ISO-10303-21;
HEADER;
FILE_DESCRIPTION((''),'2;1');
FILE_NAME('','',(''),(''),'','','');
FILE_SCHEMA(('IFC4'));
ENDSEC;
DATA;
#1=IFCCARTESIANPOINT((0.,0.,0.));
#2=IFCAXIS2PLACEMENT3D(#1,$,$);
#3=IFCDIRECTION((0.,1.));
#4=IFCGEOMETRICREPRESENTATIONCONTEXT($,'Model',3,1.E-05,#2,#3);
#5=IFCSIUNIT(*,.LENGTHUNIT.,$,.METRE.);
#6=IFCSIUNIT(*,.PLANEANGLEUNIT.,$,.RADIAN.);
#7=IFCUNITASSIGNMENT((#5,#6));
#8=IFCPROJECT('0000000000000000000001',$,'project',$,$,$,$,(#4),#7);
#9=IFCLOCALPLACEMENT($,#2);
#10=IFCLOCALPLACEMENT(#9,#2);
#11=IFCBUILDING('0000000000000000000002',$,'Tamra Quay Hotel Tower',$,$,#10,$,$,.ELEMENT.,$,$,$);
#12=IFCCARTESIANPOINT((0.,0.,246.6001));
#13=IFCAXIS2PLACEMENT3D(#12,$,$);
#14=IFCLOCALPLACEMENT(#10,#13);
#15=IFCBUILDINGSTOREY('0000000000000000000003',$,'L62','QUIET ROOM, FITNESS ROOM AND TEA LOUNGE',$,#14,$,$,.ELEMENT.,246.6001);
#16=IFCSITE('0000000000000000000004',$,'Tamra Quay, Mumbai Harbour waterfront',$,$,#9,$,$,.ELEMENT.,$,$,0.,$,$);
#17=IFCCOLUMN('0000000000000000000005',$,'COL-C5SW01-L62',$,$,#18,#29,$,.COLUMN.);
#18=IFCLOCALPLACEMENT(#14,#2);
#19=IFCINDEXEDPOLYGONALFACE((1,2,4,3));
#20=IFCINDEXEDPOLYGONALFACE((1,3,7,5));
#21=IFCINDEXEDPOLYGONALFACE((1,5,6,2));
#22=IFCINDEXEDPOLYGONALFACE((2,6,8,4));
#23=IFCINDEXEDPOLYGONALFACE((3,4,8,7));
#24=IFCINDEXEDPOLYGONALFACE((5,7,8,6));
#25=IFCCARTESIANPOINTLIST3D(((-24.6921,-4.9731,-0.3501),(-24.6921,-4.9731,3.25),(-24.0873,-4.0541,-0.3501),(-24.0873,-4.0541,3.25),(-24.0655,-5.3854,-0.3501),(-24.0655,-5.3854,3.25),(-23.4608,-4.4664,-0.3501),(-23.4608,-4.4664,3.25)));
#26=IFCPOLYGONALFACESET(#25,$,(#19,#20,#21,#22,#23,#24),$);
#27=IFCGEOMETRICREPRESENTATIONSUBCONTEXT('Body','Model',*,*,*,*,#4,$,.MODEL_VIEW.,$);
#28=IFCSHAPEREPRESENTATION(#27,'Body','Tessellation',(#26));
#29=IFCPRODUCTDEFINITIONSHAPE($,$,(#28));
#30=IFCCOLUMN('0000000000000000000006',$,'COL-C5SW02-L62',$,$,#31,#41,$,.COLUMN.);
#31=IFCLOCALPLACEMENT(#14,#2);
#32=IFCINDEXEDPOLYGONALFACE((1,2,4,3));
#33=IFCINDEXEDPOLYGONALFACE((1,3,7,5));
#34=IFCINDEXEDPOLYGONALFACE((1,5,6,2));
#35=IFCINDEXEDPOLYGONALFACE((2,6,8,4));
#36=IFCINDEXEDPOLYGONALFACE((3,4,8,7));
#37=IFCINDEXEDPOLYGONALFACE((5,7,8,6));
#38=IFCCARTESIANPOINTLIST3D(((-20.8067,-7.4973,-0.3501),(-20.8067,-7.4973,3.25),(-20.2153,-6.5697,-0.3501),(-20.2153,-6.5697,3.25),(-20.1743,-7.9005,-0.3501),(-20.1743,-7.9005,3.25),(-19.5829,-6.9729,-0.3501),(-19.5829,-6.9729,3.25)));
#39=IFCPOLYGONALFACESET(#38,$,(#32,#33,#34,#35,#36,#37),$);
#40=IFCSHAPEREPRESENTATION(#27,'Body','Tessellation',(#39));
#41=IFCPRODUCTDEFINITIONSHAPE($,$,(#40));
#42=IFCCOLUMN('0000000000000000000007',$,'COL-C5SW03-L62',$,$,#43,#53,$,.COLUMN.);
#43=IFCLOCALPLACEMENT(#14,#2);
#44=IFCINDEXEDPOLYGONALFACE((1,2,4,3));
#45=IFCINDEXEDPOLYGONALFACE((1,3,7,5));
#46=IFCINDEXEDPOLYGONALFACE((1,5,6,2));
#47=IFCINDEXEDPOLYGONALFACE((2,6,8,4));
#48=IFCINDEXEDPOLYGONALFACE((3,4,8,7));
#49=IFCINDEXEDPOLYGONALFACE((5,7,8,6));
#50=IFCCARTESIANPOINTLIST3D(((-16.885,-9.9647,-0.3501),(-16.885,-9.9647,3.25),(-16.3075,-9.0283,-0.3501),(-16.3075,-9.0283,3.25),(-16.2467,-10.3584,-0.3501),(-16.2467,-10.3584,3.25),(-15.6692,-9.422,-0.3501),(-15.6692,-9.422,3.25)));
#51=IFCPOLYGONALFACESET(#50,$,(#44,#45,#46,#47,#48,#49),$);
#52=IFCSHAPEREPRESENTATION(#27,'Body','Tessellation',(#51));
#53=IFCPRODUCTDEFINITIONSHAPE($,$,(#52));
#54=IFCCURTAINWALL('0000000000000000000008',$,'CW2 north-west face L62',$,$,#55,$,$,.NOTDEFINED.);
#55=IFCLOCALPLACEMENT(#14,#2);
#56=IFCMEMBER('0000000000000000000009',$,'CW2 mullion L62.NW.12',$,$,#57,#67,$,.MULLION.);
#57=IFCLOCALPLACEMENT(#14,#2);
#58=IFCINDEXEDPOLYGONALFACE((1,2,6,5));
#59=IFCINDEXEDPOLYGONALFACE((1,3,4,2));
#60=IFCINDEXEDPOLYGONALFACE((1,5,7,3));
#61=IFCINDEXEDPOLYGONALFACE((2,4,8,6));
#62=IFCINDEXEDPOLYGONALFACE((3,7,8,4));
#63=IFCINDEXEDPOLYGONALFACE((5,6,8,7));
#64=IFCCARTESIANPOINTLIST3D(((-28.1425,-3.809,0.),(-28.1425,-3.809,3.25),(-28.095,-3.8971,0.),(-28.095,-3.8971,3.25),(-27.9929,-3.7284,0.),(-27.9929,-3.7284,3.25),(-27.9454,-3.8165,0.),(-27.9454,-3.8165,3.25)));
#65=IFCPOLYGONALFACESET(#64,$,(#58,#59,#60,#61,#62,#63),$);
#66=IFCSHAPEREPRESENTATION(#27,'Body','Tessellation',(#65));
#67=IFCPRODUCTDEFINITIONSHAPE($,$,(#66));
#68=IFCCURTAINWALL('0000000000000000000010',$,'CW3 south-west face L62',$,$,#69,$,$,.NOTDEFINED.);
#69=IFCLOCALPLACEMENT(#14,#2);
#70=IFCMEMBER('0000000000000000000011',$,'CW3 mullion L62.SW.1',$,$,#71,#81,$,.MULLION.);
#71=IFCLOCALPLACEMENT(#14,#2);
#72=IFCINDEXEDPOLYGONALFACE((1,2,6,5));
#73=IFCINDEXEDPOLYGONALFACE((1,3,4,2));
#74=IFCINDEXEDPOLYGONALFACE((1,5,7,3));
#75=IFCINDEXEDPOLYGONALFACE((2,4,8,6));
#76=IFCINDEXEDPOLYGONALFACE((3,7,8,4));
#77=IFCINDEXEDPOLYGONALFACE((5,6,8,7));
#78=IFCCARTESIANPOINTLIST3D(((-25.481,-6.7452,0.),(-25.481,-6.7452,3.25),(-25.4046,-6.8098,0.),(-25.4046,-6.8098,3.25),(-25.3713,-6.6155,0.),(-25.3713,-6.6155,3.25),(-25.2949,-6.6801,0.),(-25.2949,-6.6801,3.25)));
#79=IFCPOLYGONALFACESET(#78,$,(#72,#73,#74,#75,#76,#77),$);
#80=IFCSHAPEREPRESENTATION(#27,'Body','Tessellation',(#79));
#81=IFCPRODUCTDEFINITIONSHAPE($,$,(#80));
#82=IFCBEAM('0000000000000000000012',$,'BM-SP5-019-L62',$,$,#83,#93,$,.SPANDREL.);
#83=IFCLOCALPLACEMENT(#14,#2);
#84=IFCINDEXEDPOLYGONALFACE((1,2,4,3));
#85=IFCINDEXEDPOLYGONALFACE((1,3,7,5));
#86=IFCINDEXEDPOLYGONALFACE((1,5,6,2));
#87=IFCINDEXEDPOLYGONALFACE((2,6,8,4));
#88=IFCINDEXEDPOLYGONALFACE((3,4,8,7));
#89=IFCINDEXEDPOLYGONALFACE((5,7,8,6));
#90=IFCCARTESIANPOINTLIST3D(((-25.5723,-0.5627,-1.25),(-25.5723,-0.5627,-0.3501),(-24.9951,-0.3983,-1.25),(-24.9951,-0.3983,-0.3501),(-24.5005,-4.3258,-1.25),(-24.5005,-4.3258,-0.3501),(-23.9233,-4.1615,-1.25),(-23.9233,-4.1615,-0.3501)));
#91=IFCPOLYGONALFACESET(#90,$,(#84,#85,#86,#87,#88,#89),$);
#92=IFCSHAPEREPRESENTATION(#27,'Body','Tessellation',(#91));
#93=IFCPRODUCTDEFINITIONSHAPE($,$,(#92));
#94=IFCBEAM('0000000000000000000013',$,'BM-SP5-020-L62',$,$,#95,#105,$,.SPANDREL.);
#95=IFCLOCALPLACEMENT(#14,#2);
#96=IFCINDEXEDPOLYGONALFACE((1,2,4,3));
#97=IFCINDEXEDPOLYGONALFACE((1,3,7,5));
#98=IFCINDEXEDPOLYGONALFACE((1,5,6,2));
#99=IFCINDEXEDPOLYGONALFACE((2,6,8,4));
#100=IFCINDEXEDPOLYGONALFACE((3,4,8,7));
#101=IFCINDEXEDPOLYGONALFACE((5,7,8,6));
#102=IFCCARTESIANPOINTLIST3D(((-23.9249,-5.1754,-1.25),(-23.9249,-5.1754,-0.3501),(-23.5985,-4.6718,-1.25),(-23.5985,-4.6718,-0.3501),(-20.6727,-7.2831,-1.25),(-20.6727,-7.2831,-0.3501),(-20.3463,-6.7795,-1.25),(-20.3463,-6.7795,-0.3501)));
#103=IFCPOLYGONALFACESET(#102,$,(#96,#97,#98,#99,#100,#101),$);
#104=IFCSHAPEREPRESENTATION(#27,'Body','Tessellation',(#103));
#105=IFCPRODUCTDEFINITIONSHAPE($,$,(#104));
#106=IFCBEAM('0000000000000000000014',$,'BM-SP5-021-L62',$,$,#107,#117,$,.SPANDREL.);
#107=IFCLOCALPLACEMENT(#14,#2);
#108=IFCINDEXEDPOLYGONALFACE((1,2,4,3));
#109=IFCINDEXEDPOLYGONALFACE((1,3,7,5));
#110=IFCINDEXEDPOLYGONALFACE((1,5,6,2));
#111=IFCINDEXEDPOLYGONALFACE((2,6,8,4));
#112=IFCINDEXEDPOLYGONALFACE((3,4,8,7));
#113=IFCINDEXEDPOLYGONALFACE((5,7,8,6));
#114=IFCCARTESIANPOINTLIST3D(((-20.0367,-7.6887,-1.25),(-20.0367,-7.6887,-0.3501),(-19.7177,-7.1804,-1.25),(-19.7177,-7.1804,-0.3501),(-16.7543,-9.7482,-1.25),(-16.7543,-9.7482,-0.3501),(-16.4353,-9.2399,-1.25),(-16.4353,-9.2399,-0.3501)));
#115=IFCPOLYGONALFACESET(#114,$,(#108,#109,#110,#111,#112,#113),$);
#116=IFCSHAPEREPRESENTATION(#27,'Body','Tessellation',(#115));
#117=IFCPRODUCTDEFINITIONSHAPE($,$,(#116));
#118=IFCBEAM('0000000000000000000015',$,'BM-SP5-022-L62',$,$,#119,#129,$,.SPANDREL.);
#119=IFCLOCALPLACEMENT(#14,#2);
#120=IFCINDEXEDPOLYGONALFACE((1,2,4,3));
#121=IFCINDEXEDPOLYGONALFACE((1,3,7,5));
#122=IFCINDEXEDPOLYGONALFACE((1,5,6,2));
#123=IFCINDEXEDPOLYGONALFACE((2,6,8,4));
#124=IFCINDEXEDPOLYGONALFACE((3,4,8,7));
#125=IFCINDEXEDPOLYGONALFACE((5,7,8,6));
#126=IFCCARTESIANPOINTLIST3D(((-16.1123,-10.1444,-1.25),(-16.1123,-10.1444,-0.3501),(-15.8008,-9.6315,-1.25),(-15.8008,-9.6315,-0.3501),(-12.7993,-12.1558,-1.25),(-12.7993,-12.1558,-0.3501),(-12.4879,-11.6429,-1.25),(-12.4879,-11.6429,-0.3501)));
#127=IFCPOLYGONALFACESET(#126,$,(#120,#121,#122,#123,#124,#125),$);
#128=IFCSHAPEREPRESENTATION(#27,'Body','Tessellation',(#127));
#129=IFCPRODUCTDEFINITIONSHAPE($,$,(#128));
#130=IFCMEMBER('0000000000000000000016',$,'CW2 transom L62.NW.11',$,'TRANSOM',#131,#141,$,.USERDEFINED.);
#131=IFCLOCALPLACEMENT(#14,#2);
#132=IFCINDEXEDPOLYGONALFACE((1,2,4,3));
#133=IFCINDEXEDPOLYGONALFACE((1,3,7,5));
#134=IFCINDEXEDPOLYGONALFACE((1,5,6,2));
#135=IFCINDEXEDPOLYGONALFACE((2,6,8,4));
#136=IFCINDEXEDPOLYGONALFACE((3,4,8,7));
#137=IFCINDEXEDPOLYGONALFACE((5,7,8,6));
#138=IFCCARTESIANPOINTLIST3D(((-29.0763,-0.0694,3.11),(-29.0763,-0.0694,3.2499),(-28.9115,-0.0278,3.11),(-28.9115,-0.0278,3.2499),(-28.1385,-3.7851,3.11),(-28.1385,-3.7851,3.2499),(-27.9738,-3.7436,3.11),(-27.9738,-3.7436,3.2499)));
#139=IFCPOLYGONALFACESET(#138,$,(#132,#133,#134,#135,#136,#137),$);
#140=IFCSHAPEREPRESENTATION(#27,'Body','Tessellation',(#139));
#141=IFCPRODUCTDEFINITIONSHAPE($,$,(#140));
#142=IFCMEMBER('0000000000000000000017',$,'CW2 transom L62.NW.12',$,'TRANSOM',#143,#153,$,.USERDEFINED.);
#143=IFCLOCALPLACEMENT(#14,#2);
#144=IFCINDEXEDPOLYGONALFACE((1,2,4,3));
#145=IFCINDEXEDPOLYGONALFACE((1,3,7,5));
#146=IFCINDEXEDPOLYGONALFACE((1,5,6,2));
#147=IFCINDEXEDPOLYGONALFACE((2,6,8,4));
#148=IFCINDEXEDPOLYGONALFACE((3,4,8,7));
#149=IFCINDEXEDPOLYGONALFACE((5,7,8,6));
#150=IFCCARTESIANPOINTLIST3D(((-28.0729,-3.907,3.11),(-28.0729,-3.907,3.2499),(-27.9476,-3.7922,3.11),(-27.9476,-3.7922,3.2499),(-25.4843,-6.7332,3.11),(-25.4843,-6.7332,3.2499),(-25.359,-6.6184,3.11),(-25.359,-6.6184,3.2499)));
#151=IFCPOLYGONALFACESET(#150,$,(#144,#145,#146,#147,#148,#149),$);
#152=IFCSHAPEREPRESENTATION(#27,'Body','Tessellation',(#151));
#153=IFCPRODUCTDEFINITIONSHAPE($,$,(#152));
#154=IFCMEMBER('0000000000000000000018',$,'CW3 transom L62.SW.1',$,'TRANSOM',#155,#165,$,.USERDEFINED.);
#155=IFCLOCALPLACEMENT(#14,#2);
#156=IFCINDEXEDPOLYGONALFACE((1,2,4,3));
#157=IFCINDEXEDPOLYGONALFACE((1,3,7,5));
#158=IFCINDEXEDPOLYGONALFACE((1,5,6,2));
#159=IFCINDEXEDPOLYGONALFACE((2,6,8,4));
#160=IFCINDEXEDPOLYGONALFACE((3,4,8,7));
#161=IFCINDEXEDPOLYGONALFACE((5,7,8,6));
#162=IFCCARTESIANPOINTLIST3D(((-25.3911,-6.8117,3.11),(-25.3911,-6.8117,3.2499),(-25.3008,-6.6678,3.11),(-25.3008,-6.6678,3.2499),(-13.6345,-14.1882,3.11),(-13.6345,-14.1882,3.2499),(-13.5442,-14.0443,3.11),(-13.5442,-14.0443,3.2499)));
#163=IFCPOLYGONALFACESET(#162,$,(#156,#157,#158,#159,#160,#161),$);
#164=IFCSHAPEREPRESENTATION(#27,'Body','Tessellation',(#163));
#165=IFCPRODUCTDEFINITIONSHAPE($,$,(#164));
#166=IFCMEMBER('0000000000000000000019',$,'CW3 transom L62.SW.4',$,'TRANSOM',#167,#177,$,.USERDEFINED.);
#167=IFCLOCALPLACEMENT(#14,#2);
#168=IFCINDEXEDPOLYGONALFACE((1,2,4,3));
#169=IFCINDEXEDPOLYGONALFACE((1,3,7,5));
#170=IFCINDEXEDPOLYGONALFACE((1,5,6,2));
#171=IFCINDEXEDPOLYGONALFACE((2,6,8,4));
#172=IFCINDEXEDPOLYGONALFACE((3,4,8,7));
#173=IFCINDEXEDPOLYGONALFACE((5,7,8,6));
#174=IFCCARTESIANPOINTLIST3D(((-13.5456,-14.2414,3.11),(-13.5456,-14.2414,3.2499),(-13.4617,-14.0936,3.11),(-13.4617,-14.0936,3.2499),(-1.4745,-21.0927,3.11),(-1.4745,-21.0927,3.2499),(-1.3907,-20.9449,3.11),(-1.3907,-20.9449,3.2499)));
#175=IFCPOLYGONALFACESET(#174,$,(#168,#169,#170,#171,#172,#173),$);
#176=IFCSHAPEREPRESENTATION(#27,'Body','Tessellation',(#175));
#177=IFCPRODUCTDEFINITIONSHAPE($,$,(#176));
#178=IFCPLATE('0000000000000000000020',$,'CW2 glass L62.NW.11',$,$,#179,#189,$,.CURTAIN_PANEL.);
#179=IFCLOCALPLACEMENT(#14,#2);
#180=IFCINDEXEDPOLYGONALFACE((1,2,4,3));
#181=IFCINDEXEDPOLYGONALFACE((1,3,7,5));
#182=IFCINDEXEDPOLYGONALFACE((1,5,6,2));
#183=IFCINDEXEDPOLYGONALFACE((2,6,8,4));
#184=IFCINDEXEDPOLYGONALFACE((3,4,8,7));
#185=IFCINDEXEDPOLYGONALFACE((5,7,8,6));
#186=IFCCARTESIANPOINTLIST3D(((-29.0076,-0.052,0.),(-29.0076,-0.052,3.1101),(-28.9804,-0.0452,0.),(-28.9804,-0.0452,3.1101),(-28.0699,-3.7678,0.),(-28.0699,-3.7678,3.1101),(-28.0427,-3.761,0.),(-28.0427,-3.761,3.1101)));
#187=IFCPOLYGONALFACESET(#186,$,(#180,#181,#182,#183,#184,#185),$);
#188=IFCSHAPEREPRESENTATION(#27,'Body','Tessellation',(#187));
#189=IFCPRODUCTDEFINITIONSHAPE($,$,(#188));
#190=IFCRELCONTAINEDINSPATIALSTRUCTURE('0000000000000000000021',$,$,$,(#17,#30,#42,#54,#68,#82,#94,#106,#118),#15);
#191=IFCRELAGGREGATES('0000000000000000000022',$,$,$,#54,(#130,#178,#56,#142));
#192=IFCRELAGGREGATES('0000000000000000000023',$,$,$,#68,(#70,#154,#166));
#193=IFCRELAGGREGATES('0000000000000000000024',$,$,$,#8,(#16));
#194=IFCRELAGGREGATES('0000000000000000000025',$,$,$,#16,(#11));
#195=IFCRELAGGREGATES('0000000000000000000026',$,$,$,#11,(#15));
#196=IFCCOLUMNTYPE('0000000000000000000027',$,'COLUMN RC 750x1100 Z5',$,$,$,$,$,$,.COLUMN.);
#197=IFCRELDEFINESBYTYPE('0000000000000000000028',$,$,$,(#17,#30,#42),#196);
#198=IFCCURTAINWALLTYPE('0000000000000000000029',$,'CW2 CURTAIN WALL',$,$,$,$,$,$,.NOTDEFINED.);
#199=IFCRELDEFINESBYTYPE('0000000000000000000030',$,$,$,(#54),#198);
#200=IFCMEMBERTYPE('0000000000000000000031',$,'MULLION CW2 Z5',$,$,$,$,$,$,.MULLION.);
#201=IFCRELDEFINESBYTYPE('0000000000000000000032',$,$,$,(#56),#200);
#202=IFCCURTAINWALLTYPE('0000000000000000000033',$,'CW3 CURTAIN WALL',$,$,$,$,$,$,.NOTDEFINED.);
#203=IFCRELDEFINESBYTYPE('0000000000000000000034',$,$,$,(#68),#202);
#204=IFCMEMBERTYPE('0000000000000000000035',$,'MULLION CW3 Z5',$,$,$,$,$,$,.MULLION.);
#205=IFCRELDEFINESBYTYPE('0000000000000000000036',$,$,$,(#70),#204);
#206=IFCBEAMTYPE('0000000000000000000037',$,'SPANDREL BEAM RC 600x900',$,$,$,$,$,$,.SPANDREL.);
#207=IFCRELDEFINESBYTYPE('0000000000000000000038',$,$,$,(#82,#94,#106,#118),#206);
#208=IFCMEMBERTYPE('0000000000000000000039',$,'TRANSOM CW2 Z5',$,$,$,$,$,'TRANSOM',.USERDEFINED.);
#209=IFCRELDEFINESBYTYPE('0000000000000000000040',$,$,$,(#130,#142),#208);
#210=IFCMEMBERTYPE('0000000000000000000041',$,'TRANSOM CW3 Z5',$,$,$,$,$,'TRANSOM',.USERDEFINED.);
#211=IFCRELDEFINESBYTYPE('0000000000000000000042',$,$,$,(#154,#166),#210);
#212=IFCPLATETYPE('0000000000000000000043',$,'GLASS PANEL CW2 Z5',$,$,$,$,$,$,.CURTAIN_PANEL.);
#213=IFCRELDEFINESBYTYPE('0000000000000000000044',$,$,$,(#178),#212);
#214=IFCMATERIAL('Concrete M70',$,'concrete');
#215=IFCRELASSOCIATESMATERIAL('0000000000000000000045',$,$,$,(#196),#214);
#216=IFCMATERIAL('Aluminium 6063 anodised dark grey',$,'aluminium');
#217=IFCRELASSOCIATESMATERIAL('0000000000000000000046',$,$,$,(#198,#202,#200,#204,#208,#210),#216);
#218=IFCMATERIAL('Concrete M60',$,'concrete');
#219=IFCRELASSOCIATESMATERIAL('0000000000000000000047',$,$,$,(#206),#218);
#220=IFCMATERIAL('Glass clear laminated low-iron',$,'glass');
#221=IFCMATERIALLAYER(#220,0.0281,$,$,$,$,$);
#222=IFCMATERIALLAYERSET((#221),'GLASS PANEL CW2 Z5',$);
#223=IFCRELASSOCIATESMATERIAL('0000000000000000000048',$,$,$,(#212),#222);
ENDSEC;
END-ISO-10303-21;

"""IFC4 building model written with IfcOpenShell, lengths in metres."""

from ifc_helpers import new_model, si_unit, direction, frame, origin, origin_2d, place, context, subcontext, project, spatial, rectangle, extrude, material, layer, layer_set, material_profile, profile_set, type_object, element, aggregate, save


model = new_model("IFC4")

# Units and contexts
model_context = context("Model", 3, precision=1e-05, world=origin(), true_north=direction((0.0, 1.0)))
body_context = subcontext(model_context, "Body", "Model", "MODEL_VIEW")
ifc_project = project(units=[si_unit("LENGTHUNIT", "METRE"), si_unit("PLANEANGLEUNIT", "RADIAN")], contexts=[model_context])

# Site, building, storey
site_placement = place(None, origin())
site = spatial("IfcSite", under=ifc_project, at=site_placement, Name="Tamra Quay, Mumbai Harbour waterfront", CompositionType="ELEMENT", RefElevation=0.0)
building_placement = place(site_placement, origin())
building = spatial("IfcBuilding", under=site, at=building_placement, Name="Tamra Quay Hotel Tower", CompositionType="ELEMENT")
storey_placement = place(building_placement, frame((0.0, 0.0, 246.6001)))
storey = spatial("IfcBuildingStorey", under=building, at=storey_placement, Name="L62", Description="QUIET ROOM, FITNESS ROOM AND TEA LOUNGE", CompositionType="ELEMENT", Elevation=246.6001)

# Columns
ifc_material_1 = material(Name="Concrete M70", Category="concrete")
ifc_material_profile_1 = material_profile(ifc_material_1, rectangle(XDim=1.1001, YDim=0.75, at=origin_2d()), Name="COLUMN RC 750x1100 Z5")
ifc_profile_set_1 = profile_set([ifc_material_profile_1], Name="Concrete M70")
column_type = type_object("IfcColumnType", Name="COLUMN RC 750x1100 Z5", PredefinedType="COLUMN", material=ifc_profile_set_1)
for number, where, z_axis, x_axis, name in (
    (1, (-24.0764, -4.7197, -0.3501), (0.0, 0.0, 1.0), (0.549739, 0.835337, 0.0), "COL-C5SW01-L62"),
    (2, (-20.1948, -7.2351, -0.3501), (0.0, 0.0, 1.0), (0.537585, 0.843209, 0.0), "COL-C5SW02-L62"),
    (3, (-16.2771, -9.6934, -0.3501), (0.0, 0.0, 1.0), (0.524928, 0.851147, 0.0), "COL-C5SW03-L62"),
):
    element("IfcColumn", number, at=place(storey_placement, frame(where, z_axis=z_axis, x_axis=x_axis)), inside=storey, type_object=column_type, Name=name, PredefinedType="COLUMN", context=body_context, shape_type="SweptSolid", body=[
        extrude(rectangle(XDim=1.1001, YDim=0.75, at=origin_2d()), origin(), (0.0, 0.0, 1.0), 3.6001),
    ])

# Curtain walls, members
ifc_material_2 = material(Name="Aluminium 6063 anodised dark grey", Category="aluminium")
curtain_wall_type_1 = type_object("IfcCurtainWallType", Name="CW2 CURTAIN WALL", PredefinedType="NOTDEFINED", material=ifc_material_2)
curtain_wall_1_placement = place(storey_placement, origin())
curtain_wall_1 = element("IfcCurtainWall", 4, at=curtain_wall_1_placement, inside=storey, type_object=curtain_wall_type_1, Name="CW2 north-west face L62", PredefinedType="NOTDEFINED")
ifc_material_profile_2 = material_profile(ifc_material_2, rectangle(XDim=0.1699, YDim=0.1001, at=origin_2d()), Name="MULLION 100X170")
ifc_profile_set_2 = profile_set([ifc_material_profile_2], Name="Aluminium 6063 anodised dark grey")
member_type_1 = type_object("IfcMemberType", Name="MULLION CW2 Z5", PredefinedType="MULLION", material=ifc_profile_set_2)
member_1_placement = place(storey_placement, frame((-28.0439, -3.8127, 0.0), z_axis=(0.0, 0.0, 1.0), x_axis=(-0.880267, -0.474479, 0.0)))
member_1 = element("IfcMember", 5, at=member_1_placement, type_object=member_type_1, Name="CW2 mullion L62.NW.12", PredefinedType="MULLION", context=body_context, shape_type="SweptSolid", body=[
    extrude(rectangle(XDim=0.1699, YDim=0.1001, at=origin_2d()), origin(), (0.0, 0.0, 1.0), 3.25),
])
curtain_wall_type_2 = type_object("IfcCurtainWallType", Name="CW3 CURTAIN WALL", PredefinedType="NOTDEFINED", material=ifc_material_2)
curtain_wall_2_placement = place(storey_placement, origin())
curtain_wall_2 = element("IfcCurtainWall", 6, at=curtain_wall_2_placement, inside=storey, type_object=curtain_wall_type_2, Name="CW3 south-west face L62", PredefinedType="NOTDEFINED")
ifc_material_profile_3 = material_profile(ifc_material_2, rectangle(XDim=0.1699, YDim=0.1001, at=origin_2d()), Name="MULLION 100X170")
ifc_profile_set_3 = profile_set([ifc_material_profile_3], Name="Aluminium 6063 anodised dark grey")
member_type_2 = type_object("IfcMemberType", Name="MULLION CW3 Z5", PredefinedType="MULLION", material=ifc_profile_set_3)
member_2_placement = place(storey_placement, frame((-25.3879, -6.7126, 0.0), z_axis=(0.0, 0.0, 1.0), x_axis=(-0.645846, -0.763467, 0.0)))
member_2 = element("IfcMember", 7, at=member_2_placement, type_object=member_type_2, Name="CW3 mullion L62.SW.1", PredefinedType="MULLION", context=body_context, shape_type="SweptSolid", body=[
    extrude(rectangle(XDim=0.1699, YDim=0.1001, at=origin_2d()), origin(), (0.0, 0.0, 1.0), 3.25),
])

# Beams
ifc_material_3 = material(Name="Concrete M60", Category="concrete")
ifc_material_profile_4 = material_profile(ifc_material_3, rectangle(XDim=0.6001, YDim=0.8999, at=origin_2d()), Name="SPANDREL BEAM RC 600x900")
ifc_profile_set_4 = profile_set([ifc_material_profile_4], Name="Concrete M60")
beam_type = type_object("IfcBeamType", Name="SPANDREL BEAM RC 600x900", PredefinedType="SPANDREL", material=ifc_profile_set_4)
beam_1_placement = place(storey_placement, frame((-25.2837, -0.4805, -0.8), z_axis=(0.273913, -0.961754, 0.0), x_axis=(0.961754, 0.273913, 0.0)))
element("IfcBeam", 8, at=beam_1_placement, inside=storey, type_object=beam_type, Name="BM-SP5-019-L62", PredefinedType="SPANDREL", context=body_context, shape_type="SweptSolid", body=[
    extrude(rectangle(XDim=0.6001, YDim=0.8999, at=origin_2d()), origin(), (0.0, 0.0, 1.0), 3.9128),
])
beam_2_placement = place(storey_placement, frame((-23.7617, -4.9236, -0.8), z_axis=(0.839181, -0.543852, 0.0), x_axis=(0.543852, 0.839181, 0.0)))
element("IfcBeam", 9, at=beam_2_placement, inside=storey, type_object=beam_type, Name="BM-SP5-020-L62", PredefinedType="SPANDREL", context=body_context, shape_type="SweptSolid", body=[
    extrude(rectangle(XDim=0.6001, YDim=0.8999, at=origin_2d()), origin(), (0.0, 0.0, 1.0), 3.8755),
])
beam_3_placement = place(storey_placement, frame((-19.8772, -7.4346, -0.8), z_axis=(0.847066, -0.531488, 0.0), x_axis=(0.531488, 0.847066, 0.0)))
element("IfcBeam", 10, at=beam_3_placement, inside=storey, type_object=beam_type, Name="BM-SP5-021-L62", PredefinedType="SPANDREL", context=body_context, shape_type="SweptSolid", body=[
    extrude(rectangle(XDim=0.6001, YDim=0.8999, at=origin_2d()), origin(), (0.0, 0.0, 1.0), 3.875),
])
beam_4_placement = place(storey_placement, frame((-15.9565, -9.8879, -0.8), z_axis=(0.854786, -0.518981, 0.0), x_axis=(0.518981, 0.854786, 0.0)))
element("IfcBeam", 11, at=beam_4_placement, inside=storey, type_object=beam_type, Name="BM-SP5-022-L62", PredefinedType="SPANDREL", context=body_context, shape_type="SweptSolid", body=[
    extrude(rectangle(XDim=0.6001, YDim=0.8999, at=origin_2d()), origin(), (0.0, 0.0, 1.0), 3.8757),
])

# Members
ifc_material_profile_5 = material_profile(ifc_material_2, rectangle(XDim=0.1699, YDim=0.1399, at=origin_2d()), Name="TRANSOM 170X140")
ifc_profile_set_5 = profile_set([ifc_material_profile_5], Name="Aluminium 6063 anodised dark grey")
member_type_3 = type_object("IfcMemberType", Name="TRANSOM CW2 Z5", ElementType="TRANSOM", PredefinedType="USERDEFINED", material=ifc_profile_set_5)
member_3_placement = place(storey_placement, frame((-28.9939, -0.0486, 3.1799), z_axis=(0.244694, -0.9696, 0.0), x_axis=(0.9696, 0.244694, 0.0)))
member_3 = element("IfcMember", 12, at=member_3_placement, type_object=member_type_3, Name="CW2 transom L62.NW.11", ObjectType="TRANSOM", PredefinedType="USERDEFINED", context=body_context, shape_type="SweptSolid", body=[
    extrude(rectangle(XDim=0.1699, YDim=0.1399, at=origin_2d()), origin(), (0.0, 0.0, 1.0), 3.8323),
])
member_4_placement = place(storey_placement, frame((-28.0103, -3.8496, 3.1799), z_axis=(0.675436, -0.737419, 0.0), x_axis=(0.737419, 0.675436, 0.0)))
member_4 = element("IfcMember", 13, at=member_4_placement, type_object=member_type_3, Name="CW2 transom L62.NW.12", ObjectType="TRANSOM", PredefinedType="USERDEFINED", context=body_context, shape_type="SweptSolid", body=[
    extrude(rectangle(XDim=0.1699, YDim=0.1399, at=origin_2d()), origin(), (0.0, 0.0, 1.0), 3.8325),
])
ifc_material_profile_6 = material_profile(ifc_material_2, rectangle(XDim=0.1699, YDim=0.1399, at=origin_2d()), Name="TRANSOM 170X140")
ifc_profile_set_6 = profile_set([ifc_material_profile_6], Name="Aluminium 6063 anodised dark grey")
member_type_4 = type_object("IfcMemberType", Name="TRANSOM CW3 Z5", ElementType="TRANSOM", PredefinedType="USERDEFINED", material=ifc_profile_set_6)
member_5_placement = place(storey_placement, frame((-25.3459, -6.7397, 3.1799), z_axis=(0.847071, -0.53148, 0.0), x_axis=(0.53148, 0.847071, 0.0)))
member_5 = element("IfcMember", 14, at=member_5_placement, type_object=member_type_4, Name="CW3 transom L62.SW.1", ObjectType="TRANSOM", PredefinedType="USERDEFINED", context=body_context, shape_type="SweptSolid", body=[
    extrude(rectangle(XDim=0.1699, YDim=0.1399, at=origin_2d()), origin(), (0.0, 0.0, 1.0), 13.8792),
])
member_6_placement = place(storey_placement, frame((-13.5037, -14.1675, 3.1799), z_axis=(0.86968, -0.493616, 0.0), x_axis=(0.493616, 0.86968, 0.0)))
member_6 = element("IfcMember", 15, at=member_6_placement, type_object=member_type_4, Name="CW3 transom L62.SW.4", ObjectType="TRANSOM", PredefinedType="USERDEFINED", context=body_context, shape_type="SweptSolid", body=[
    extrude(rectangle(XDim=0.1699, YDim=0.1399, at=origin_2d()), origin(), (0.0, 0.0, 1.0), 13.8799),
])

# Plate
ifc_material_4 = material(Name="Glass clear laminated low-iron", Category="glass")
ifc_layer_1 = layer(ifc_material_4, 0.0281)
ifc_layer_set_1 = layer_set([ifc_layer_1], Name="GLASS PANEL CW2 Z5")
plate_type_1 = type_object("IfcPlateType", Name="GLASS PANEL CW2 Z5", PredefinedType="CURTAIN_PANEL", material=ifc_layer_set_1)
plate_1_placement = place(storey_placement, frame((-28.5251, -1.9065, 0.0), z_axis=(0.0, 0.0, 1.0), x_axis=(0.244677, -0.969605, 0.0)))
plate_1 = element("IfcPlate", 16, at=plate_1_placement, type_object=plate_type_1, Name="CW2 glass L62.NW.11", PredefinedType="CURTAIN_PANEL", context=body_context, shape_type="SweptSolid", body=[
    extrude(rectangle(XDim=3.8323, YDim=0.0281, at=origin_2d()), origin(), (0.0, 0.0, 1.0), 3.1101),
])
aggregate(curtain_wall_1, [member_3, plate_1, member_1, member_4])
aggregate(curtain_wall_2, [member_2, member_5, member_6])

save(model, "model.ifc")
